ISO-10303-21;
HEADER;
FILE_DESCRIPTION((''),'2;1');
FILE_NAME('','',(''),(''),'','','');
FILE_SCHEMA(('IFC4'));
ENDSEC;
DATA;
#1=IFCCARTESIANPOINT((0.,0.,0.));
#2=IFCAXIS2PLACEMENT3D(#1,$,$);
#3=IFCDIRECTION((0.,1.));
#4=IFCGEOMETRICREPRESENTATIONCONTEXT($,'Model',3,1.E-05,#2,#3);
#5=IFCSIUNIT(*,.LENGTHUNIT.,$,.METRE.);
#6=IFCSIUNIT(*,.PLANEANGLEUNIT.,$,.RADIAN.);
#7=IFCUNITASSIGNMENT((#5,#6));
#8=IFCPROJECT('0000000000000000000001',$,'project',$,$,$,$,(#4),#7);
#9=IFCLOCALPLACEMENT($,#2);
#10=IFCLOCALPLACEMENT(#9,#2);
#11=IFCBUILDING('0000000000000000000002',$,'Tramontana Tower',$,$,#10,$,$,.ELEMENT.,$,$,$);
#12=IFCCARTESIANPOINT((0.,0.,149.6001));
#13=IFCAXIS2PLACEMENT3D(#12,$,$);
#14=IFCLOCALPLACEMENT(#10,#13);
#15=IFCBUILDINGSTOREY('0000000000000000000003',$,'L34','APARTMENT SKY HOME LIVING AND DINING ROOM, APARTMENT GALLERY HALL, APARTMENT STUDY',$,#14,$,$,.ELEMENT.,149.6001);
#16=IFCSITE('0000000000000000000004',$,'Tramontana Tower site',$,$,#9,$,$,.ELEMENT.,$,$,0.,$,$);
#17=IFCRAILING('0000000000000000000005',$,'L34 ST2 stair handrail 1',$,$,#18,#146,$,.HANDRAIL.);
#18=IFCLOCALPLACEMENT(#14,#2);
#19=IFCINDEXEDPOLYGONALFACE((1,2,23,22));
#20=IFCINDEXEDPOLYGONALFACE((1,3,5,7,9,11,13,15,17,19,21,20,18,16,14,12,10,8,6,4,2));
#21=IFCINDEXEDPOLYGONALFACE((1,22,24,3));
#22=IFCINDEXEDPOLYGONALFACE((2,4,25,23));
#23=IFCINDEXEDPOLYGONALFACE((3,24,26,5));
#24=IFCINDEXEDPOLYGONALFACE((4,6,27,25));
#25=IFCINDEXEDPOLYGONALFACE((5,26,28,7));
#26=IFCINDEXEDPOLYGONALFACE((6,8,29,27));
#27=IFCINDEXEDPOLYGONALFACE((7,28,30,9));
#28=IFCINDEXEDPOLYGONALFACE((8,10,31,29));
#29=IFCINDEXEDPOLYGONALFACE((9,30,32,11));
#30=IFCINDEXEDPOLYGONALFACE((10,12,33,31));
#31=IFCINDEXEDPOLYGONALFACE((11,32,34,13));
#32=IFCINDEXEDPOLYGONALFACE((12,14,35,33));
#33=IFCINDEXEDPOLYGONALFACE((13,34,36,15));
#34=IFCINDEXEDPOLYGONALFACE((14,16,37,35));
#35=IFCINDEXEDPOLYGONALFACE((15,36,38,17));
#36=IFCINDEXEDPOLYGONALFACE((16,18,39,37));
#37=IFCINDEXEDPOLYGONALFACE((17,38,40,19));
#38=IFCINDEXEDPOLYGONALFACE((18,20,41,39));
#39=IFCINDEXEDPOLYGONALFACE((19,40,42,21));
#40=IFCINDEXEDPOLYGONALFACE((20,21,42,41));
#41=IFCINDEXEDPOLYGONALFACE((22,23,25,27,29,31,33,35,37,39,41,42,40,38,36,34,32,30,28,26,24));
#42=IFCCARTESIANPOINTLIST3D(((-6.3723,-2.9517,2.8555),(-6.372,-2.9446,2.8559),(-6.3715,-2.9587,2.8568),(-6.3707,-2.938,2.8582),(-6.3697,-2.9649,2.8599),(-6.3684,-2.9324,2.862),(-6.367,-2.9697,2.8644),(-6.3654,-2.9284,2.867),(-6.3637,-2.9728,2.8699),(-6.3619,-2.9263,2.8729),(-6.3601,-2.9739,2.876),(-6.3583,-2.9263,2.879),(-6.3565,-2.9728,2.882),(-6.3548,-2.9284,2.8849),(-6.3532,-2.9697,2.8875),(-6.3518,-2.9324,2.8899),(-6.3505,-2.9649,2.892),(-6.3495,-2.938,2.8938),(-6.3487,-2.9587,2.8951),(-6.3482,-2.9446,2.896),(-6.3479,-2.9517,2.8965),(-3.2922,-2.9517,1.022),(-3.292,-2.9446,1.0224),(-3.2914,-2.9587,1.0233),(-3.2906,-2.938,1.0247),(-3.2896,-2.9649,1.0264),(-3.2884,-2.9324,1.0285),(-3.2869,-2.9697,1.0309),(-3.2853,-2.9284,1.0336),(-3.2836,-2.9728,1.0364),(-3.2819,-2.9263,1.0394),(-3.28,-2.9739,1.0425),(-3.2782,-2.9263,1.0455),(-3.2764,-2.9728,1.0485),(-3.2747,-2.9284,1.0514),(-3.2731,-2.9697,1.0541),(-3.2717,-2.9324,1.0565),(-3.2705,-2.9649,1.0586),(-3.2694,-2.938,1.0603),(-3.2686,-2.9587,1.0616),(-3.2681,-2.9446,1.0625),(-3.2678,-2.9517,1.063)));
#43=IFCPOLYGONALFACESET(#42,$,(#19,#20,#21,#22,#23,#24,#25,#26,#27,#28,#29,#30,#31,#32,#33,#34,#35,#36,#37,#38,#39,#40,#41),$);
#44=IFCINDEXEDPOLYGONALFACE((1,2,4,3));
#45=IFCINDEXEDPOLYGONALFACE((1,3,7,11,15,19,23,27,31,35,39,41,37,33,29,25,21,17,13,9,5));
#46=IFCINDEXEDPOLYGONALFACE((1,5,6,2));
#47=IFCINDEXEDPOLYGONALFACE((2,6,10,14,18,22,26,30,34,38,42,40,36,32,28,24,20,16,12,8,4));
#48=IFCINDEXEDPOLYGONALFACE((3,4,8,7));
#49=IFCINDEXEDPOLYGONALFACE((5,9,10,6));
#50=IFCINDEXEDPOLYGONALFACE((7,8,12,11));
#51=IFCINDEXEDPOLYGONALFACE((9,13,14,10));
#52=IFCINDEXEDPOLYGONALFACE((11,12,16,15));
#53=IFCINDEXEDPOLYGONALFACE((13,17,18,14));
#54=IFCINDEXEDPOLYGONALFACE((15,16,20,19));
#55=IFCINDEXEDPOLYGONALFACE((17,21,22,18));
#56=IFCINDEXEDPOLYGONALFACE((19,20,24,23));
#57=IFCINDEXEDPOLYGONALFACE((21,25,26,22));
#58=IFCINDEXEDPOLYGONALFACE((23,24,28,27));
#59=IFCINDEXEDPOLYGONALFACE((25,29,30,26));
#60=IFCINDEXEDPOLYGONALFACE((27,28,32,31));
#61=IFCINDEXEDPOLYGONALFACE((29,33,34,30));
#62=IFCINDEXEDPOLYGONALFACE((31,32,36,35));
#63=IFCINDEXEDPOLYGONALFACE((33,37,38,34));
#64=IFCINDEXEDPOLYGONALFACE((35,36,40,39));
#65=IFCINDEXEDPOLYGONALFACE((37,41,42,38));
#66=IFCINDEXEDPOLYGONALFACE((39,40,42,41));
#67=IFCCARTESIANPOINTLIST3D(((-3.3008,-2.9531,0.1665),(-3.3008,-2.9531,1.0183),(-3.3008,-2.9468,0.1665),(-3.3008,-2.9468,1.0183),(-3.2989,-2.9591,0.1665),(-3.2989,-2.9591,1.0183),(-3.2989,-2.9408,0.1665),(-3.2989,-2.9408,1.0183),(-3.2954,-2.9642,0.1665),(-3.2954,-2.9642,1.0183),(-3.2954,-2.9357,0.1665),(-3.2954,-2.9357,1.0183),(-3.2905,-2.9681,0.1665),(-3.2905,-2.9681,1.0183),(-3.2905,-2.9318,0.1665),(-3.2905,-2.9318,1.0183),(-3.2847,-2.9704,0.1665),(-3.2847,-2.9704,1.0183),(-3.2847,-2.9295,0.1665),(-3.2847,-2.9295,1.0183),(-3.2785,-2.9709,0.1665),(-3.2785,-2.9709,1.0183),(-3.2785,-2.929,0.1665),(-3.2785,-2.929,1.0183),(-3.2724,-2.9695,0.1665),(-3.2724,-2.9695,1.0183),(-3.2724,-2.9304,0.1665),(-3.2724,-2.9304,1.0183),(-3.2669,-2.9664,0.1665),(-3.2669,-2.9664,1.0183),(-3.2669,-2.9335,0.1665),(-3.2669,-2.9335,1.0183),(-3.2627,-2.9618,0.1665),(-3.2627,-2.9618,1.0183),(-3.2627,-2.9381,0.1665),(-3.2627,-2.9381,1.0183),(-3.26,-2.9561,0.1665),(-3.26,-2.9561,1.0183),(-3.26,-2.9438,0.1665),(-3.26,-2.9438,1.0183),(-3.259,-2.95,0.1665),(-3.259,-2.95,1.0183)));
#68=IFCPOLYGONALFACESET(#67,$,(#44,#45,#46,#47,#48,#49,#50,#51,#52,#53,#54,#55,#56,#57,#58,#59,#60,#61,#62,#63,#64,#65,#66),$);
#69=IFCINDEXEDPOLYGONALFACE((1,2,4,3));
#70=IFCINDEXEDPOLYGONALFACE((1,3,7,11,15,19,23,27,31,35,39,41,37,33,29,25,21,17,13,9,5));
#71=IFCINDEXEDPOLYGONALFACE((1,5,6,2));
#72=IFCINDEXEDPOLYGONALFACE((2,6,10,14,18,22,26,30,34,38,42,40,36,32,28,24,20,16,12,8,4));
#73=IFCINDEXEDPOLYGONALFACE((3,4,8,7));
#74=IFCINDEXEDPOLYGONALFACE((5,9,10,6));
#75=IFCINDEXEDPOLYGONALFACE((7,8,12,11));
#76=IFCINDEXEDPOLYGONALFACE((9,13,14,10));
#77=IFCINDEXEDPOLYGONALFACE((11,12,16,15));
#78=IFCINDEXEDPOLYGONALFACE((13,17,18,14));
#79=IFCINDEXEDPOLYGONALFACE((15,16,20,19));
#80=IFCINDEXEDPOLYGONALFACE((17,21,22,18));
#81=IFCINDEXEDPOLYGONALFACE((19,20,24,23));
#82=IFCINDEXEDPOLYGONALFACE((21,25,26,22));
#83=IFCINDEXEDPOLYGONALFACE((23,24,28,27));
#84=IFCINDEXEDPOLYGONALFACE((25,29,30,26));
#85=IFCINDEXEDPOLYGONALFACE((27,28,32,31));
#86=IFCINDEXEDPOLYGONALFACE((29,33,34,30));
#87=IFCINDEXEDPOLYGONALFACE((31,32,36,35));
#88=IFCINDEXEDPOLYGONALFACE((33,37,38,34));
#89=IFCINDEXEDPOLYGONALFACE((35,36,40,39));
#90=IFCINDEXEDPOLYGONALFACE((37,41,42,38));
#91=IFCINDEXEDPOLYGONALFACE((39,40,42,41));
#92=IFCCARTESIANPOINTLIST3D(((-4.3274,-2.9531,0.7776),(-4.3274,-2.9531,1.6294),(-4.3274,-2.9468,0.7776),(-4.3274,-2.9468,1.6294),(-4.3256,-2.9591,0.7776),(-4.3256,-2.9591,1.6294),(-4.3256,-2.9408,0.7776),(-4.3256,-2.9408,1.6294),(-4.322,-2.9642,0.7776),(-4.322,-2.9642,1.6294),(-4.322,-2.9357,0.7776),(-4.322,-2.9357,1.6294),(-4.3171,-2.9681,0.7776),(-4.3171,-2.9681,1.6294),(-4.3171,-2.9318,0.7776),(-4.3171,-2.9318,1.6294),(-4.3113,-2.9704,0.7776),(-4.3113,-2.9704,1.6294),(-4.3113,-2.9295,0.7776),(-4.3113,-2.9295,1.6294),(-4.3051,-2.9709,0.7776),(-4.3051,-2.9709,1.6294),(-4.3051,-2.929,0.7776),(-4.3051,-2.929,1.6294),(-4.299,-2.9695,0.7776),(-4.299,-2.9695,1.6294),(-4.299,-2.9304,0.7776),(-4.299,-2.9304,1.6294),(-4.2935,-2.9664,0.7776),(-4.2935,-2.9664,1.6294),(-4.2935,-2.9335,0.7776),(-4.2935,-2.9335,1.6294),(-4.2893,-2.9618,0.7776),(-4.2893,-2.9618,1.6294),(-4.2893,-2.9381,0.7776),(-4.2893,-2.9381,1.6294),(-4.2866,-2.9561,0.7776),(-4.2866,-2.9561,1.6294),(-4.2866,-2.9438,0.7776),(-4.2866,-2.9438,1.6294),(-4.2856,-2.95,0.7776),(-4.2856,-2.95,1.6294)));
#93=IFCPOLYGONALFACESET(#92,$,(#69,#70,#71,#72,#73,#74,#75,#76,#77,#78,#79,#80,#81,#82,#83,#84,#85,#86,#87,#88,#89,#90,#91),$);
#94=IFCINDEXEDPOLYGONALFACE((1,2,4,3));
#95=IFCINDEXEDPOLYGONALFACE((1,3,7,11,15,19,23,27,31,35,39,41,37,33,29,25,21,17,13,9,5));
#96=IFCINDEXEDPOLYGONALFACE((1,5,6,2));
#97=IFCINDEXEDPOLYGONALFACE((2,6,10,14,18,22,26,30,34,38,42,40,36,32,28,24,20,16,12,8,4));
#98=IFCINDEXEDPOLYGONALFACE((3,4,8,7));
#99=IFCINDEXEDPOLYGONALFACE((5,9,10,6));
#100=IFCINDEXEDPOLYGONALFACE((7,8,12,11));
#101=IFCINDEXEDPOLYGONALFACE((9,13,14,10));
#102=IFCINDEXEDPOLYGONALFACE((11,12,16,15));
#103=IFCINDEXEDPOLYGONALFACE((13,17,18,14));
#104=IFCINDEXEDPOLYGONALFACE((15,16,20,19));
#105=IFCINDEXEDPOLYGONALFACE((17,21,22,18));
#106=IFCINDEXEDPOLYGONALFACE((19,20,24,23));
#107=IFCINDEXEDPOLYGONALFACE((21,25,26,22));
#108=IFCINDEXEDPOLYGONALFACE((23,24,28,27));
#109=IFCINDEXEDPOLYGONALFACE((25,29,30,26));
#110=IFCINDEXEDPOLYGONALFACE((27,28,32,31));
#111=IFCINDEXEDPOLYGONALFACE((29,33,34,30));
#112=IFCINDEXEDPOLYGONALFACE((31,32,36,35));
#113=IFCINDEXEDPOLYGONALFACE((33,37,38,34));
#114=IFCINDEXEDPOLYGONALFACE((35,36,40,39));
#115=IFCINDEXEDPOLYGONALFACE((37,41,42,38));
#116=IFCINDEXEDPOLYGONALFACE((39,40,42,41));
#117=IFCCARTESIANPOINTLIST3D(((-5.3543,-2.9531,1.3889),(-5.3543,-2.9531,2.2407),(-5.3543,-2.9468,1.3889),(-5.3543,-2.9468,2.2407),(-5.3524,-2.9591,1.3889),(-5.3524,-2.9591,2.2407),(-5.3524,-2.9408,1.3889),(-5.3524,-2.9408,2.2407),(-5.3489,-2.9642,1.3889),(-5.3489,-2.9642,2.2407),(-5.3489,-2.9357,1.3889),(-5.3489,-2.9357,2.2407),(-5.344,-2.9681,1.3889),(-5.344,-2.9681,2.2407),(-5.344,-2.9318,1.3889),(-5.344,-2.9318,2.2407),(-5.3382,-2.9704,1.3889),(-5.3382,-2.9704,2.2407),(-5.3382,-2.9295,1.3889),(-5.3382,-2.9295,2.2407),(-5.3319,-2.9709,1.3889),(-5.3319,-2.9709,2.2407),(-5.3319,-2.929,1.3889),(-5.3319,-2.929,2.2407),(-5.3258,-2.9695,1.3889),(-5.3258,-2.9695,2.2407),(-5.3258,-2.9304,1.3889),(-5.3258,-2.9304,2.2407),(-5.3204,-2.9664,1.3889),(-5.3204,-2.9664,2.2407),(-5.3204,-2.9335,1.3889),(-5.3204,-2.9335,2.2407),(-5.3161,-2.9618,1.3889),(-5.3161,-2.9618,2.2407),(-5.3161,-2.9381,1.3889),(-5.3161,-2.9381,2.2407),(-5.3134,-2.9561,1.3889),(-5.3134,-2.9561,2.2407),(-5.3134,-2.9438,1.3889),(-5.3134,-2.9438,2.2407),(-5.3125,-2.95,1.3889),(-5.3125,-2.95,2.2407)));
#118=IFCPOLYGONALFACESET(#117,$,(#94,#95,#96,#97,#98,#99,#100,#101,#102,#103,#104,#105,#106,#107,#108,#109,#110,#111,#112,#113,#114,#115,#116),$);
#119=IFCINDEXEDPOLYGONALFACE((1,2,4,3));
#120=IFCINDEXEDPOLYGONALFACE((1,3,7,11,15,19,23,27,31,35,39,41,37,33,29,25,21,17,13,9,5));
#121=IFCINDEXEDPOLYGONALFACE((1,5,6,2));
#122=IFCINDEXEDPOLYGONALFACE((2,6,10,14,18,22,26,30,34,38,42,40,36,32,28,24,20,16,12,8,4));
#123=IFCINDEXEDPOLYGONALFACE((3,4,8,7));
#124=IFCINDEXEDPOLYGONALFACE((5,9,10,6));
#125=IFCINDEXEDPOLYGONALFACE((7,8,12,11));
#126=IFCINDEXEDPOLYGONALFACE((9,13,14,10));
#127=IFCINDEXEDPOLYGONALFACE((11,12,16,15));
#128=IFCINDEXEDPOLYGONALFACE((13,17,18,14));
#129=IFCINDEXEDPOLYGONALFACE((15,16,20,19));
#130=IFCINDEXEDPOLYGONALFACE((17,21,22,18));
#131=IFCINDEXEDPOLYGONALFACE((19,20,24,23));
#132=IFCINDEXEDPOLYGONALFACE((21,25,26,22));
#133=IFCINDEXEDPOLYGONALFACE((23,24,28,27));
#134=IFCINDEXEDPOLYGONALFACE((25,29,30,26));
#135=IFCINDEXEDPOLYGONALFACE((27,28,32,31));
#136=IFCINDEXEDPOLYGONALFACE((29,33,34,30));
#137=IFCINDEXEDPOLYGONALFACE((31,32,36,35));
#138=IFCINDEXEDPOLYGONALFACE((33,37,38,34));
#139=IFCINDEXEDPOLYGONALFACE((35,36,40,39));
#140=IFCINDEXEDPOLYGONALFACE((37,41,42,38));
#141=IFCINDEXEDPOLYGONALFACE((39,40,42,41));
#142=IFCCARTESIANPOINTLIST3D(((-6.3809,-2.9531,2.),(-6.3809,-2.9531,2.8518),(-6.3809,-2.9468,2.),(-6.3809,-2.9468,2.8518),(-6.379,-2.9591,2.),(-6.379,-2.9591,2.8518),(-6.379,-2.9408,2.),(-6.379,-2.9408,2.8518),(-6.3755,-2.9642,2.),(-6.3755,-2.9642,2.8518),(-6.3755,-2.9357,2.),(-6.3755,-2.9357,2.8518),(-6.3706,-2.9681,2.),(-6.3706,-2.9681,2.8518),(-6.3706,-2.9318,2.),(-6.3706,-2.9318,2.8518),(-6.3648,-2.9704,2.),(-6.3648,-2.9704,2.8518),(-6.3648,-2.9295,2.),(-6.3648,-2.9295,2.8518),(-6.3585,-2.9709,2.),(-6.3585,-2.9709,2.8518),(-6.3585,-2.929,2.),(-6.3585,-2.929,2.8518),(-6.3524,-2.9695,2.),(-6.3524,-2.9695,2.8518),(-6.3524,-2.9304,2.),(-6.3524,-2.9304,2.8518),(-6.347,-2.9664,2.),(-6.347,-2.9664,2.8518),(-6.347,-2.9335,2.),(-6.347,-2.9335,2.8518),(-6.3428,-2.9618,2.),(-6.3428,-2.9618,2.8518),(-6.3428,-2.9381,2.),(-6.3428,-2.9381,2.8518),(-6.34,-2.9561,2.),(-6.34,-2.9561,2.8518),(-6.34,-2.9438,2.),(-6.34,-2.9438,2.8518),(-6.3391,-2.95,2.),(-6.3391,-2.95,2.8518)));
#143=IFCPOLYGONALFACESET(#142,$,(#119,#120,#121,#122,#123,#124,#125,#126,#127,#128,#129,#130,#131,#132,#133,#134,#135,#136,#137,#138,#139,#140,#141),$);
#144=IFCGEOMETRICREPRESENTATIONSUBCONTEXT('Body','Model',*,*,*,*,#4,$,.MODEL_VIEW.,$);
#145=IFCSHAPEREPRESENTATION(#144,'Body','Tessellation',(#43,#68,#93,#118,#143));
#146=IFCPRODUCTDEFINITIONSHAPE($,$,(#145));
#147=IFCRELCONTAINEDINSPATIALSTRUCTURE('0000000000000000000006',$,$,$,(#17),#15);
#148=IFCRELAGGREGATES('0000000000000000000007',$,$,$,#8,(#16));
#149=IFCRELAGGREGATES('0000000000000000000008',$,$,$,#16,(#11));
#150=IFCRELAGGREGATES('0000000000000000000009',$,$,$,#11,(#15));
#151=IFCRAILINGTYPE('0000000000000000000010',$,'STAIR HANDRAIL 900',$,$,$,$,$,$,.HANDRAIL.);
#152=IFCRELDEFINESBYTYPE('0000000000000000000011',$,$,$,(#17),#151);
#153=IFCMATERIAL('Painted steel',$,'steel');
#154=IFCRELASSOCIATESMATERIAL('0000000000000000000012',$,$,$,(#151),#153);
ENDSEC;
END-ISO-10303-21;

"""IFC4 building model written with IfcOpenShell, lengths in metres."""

from ifc_helpers import new_model, si_unit, direction, frame, origin, origin_2d, place, context, subcontext, project, spatial, circle, extrude, material, type_object, element, save


model = new_model("IFC4")

# Units and contexts
model_context = context("Model", 3, precision=1e-05, world=origin(), true_north=direction((0.0, 1.0)))
body_context = subcontext(model_context, "Body", "Model", "MODEL_VIEW")
ifc_project = project(units=[si_unit("LENGTHUNIT", "METRE"), si_unit("PLANEANGLEUNIT", "RADIAN")], contexts=[model_context])

# Site, building, storey
site_placement = place(None, origin())
site = spatial("IfcSite", under=ifc_project, at=site_placement, Name="Tramontana Tower site", CompositionType="ELEMENT", RefElevation=0.0)
building_placement = place(site_placement, origin())
building = spatial("IfcBuilding", under=site, at=building_placement, Name="Tramontana Tower", CompositionType="ELEMENT")
storey_placement = place(building_placement, frame((0.0, 0.0, 149.6001)))
storey = spatial("IfcBuildingStorey", under=building, at=storey_placement, Name="L34", Description="APARTMENT SKY HOME LIVING AND DINING ROOM, APARTMENT GALLERY HALL, APARTMENT STUDY", CompositionType="ELEMENT", Elevation=149.6001)

# Railing
ifc_material_1 = material(Name="Painted steel", Category="steel")
railing_type_1 = type_object("IfcRailingType", Name="STAIR HANDRAIL 900", PredefinedType="HANDRAIL", material=ifc_material_1)
railing_1_placement = place(storey_placement, frame((-3.28, -2.95, 0.1665)))
element("IfcRailing", 1, at=railing_1_placement, inside=storey, type_object=railing_type_1, Name="L34 ST2 stair handrail 1", PredefinedType="HANDRAIL", context=body_context, shape_type="SweptSolid", body=[
    extrude(circle(Radius=0.0239, at=origin_2d()), frame((0.0, 0.0, 0.876), z_axis=(-0.859279, 0.0, 0.511508), x_axis=(0.0, -1.0, 0.0)), (0.0, 0.0, 1.0), 3.5845),
    extrude(circle(Radius=0.021, at=origin_2d()), origin(), (0.0, 0.0, 1.0), 0.8518),
    extrude(circle(Radius=0.021, at=origin_2d()), frame((-1.0266, 0.0, 0.6111)), (0.0, 0.0, 1.0), 0.8518),
    extrude(circle(Radius=0.021, at=origin_2d()), frame((-2.0535, 0.0, 1.2224)), (0.0, 0.0, 1.0), 0.8518),
    extrude(circle(Radius=0.021, at=origin_2d()), frame((-3.0801, 0.0, 1.8335)), (0.0, 0.0, 1.0), 0.8518),
])

save(model, "model.ifc")
